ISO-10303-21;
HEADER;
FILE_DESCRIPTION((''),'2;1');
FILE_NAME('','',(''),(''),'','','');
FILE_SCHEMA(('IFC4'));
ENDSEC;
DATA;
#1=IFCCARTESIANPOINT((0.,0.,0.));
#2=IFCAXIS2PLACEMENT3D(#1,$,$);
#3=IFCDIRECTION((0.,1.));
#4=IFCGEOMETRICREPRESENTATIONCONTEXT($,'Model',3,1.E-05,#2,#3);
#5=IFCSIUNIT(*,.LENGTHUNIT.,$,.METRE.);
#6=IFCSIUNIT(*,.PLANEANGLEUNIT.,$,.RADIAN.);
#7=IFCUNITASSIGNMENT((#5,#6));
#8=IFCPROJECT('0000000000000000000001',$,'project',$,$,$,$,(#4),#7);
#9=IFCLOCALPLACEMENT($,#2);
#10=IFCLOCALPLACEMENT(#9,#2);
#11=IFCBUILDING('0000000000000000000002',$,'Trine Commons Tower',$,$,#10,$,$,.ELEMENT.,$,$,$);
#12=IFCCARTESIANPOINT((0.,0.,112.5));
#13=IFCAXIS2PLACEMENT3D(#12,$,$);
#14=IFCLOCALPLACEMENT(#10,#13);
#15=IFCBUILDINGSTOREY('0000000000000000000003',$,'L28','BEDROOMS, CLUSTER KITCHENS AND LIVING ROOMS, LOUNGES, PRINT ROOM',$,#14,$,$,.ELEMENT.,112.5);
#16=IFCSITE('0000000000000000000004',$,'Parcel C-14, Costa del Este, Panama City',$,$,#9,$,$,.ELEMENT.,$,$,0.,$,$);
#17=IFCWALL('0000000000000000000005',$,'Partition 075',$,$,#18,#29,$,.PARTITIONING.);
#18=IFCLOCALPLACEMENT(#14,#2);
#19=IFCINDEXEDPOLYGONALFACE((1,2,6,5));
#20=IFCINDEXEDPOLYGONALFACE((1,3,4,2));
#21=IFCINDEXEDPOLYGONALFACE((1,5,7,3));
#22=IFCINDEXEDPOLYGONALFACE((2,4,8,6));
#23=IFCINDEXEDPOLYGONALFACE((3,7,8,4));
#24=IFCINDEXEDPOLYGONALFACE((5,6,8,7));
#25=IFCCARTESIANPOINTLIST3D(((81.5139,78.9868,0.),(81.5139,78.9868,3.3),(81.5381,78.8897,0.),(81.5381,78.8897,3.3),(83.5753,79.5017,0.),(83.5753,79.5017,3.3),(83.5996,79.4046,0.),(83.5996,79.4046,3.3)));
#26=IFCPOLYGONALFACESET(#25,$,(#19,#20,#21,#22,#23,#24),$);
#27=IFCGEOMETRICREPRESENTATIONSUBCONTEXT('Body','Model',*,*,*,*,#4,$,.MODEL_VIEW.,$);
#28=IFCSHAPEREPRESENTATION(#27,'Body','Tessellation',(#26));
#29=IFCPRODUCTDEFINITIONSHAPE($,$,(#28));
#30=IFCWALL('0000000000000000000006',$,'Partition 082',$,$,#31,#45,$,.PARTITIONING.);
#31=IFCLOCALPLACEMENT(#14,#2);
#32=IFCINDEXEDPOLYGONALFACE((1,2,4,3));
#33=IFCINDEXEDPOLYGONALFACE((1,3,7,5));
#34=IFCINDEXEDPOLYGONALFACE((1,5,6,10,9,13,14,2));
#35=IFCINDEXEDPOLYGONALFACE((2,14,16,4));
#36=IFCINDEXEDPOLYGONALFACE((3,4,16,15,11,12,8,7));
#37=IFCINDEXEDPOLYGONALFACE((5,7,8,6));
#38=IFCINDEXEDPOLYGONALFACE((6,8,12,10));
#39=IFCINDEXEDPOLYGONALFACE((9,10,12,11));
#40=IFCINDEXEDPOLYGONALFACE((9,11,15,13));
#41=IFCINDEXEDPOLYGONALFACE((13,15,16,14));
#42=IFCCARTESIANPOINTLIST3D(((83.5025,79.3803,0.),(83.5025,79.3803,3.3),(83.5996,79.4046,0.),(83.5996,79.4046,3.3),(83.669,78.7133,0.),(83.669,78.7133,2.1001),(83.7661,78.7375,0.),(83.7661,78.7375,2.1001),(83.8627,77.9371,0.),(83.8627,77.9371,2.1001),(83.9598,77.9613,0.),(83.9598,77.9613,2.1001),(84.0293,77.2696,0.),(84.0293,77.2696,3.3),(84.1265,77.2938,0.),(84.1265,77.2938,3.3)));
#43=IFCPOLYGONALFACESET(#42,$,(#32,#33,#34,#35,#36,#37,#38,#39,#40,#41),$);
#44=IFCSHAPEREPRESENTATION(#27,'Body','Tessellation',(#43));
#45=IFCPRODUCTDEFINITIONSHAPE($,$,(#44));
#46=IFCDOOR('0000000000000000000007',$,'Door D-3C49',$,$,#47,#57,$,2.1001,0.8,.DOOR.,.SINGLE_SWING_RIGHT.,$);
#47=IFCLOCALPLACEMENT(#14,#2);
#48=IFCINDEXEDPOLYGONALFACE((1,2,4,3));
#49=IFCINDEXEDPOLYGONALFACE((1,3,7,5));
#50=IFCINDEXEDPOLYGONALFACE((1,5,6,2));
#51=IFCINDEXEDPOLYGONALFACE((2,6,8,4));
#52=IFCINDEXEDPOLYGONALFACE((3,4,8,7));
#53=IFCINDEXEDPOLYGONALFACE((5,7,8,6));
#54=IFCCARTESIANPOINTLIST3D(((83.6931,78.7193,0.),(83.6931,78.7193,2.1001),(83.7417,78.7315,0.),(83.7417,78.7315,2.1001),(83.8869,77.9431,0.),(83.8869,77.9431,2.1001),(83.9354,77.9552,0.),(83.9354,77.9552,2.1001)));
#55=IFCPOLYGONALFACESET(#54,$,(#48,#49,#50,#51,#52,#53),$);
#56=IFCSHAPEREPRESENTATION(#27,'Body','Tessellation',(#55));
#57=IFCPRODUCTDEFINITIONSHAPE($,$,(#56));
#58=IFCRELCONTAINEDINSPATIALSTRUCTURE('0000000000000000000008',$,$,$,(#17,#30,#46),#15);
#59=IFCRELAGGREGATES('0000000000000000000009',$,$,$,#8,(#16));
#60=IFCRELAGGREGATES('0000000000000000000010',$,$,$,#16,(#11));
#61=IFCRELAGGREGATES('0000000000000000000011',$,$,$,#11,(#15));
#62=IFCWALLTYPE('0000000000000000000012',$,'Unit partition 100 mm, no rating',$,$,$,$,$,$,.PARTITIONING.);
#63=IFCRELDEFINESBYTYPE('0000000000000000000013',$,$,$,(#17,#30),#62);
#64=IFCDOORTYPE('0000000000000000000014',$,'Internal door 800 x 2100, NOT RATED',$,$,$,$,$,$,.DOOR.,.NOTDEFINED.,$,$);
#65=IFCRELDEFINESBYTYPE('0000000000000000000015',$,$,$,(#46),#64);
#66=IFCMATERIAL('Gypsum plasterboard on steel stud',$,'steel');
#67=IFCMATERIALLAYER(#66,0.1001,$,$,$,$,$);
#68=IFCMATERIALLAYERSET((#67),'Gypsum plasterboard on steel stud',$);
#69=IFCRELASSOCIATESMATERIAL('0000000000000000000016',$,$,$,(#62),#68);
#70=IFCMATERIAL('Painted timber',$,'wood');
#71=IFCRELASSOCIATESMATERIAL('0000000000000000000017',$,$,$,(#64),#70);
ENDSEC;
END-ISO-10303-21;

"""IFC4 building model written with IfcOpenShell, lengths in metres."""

from ifc_helpers import new_model, si_unit, direction, frame, frame_2d, origin, place, context, subcontext, project, spatial, rectangle, extrude, material, layer, layer_set, type_object, element, fill, save


model = new_model("IFC4")

# Units and contexts
model_context = context("Model", 3, precision=1e-05, world=origin(), true_north=direction((0.0, 1.0)))
body_context = subcontext(model_context, "Body", "Model", "MODEL_VIEW")
ifc_project = project(units=[si_unit("LENGTHUNIT", "METRE"), si_unit("PLANEANGLEUNIT", "RADIAN")], contexts=[model_context])

# Site, building, storey
site_placement = place(None, origin())
site = spatial("IfcSite", under=ifc_project, at=site_placement, Name="Parcel C-14, Costa del Este, Panama City", CompositionType="ELEMENT", RefElevation=0.0)
building_placement = place(site_placement, origin())
building = spatial("IfcBuilding", under=site, at=building_placement, Name="Trine Commons Tower", CompositionType="ELEMENT")
storey_placement = place(building_placement, frame((0.0, 0.0, 112.5)))
storey = spatial("IfcBuildingStorey", under=building, at=storey_placement, Name="L28", Description="BEDROOMS, CLUSTER KITCHENS AND LIVING ROOMS, LOUNGES, PRINT ROOM", CompositionType="ELEMENT", Elevation=112.5)

# Shared definitions
ifc_material_1 = material(Name="Gypsum plasterboard on steel stud", Category="steel")

# Shared definitions
ifc_material_2 = material(Name="Painted timber", Category="wood")

# Wall
ifc_layer_1 = layer(ifc_material_1, 0.1001)
ifc_layer_set_1 = layer_set([ifc_layer_1], Name="Gypsum plasterboard on steel stud")
wall_type_1 = type_object("IfcWallType", Name="Unit partition 100 mm, no rating", PredefinedType="PARTITIONING", material=ifc_layer_set_1)
wall_1_placement = place(storey_placement, frame((81.5259, 78.9382, 0.0), z_axis=(0.0, 0.0, 1.0), x_axis=(0.970197, 0.242319, 0.0)))
element("IfcWall", 1, at=wall_1_placement, inside=storey, type_object=wall_type_1, Name="Partition 075", PredefinedType="PARTITIONING", context=body_context, shape_type="SweptSolid", body=[
    extrude(rectangle(XDim=2.1248, YDim=0.1001, at=frame_2d((1.0625, 0.0))), origin(), (0.0, 0.0, 1.0), 3.3),
])

# Wall, opening, door
wall_2_placement = place(storey_placement, frame((83.551, 79.3926, 0.0), z_axis=(0.0, 0.0, 1.0), x_axis=(0.242166, -0.970235, 0.0)))
wall_2 = element("IfcWall", 2, at=wall_2_placement, inside=storey, type_object=wall_type_1, Name="Partition 082", PredefinedType="PARTITIONING", context=body_context, shape_type="SweptSolid", body=[
    extrude(rectangle(XDim=2.1755, YDim=0.1001, at=frame_2d((1.0879, 0.0))), origin(), (0.0, 0.0, 1.0), 3.3),
])
opening_1_placement = place(wall_2_placement, frame((0.6877, 0.0, 0.0)))
opening_1 = element("IfcOpeningElement", 3, at=opening_1_placement, cuts=wall_2, PredefinedType="OPENING", context=body_context, shape_type="SweptSolid", body=[
    extrude(rectangle(XDim=0.8, YDim=2.1001, at=frame_2d((0.3999, 1.05))), frame((0.0, 0.0601, 0.0), z_axis=(0.0, -1.0, 0.0), x_axis=(1.0, 0.0, 0.0)), (0.0, 0.0, 1.0), 0.1201),
])
door_type_1 = type_object("IfcDoorType", Name="Internal door 800 x 2100, NOT RATED", OperationType="NOTDEFINED", PredefinedType="DOOR", material=ifc_material_2)
door_1_placement = place(opening_1_placement, origin())
door_1 = element("IfcDoor", 4, at=door_1_placement, inside=storey, type_object=door_type_1, Name="Door D-3C49", OperationType="SINGLE_SWING_RIGHT", OverallHeight=2.1001, OverallWidth=0.8, PredefinedType="DOOR", context=body_context, shape_type="SweptSolid", body=[
    extrude(rectangle(XDim=0.8, YDim=2.1001, at=frame_2d((0.3999, 1.05))), frame((0.0, 0.0249, 0.0), z_axis=(0.0, -1.0, 0.0), x_axis=(1.0, 0.0, 0.0)), (0.0, 0.0, 1.0), 0.05),
])
fill(opening_1, door_1)

save(model, "model.ifc")
